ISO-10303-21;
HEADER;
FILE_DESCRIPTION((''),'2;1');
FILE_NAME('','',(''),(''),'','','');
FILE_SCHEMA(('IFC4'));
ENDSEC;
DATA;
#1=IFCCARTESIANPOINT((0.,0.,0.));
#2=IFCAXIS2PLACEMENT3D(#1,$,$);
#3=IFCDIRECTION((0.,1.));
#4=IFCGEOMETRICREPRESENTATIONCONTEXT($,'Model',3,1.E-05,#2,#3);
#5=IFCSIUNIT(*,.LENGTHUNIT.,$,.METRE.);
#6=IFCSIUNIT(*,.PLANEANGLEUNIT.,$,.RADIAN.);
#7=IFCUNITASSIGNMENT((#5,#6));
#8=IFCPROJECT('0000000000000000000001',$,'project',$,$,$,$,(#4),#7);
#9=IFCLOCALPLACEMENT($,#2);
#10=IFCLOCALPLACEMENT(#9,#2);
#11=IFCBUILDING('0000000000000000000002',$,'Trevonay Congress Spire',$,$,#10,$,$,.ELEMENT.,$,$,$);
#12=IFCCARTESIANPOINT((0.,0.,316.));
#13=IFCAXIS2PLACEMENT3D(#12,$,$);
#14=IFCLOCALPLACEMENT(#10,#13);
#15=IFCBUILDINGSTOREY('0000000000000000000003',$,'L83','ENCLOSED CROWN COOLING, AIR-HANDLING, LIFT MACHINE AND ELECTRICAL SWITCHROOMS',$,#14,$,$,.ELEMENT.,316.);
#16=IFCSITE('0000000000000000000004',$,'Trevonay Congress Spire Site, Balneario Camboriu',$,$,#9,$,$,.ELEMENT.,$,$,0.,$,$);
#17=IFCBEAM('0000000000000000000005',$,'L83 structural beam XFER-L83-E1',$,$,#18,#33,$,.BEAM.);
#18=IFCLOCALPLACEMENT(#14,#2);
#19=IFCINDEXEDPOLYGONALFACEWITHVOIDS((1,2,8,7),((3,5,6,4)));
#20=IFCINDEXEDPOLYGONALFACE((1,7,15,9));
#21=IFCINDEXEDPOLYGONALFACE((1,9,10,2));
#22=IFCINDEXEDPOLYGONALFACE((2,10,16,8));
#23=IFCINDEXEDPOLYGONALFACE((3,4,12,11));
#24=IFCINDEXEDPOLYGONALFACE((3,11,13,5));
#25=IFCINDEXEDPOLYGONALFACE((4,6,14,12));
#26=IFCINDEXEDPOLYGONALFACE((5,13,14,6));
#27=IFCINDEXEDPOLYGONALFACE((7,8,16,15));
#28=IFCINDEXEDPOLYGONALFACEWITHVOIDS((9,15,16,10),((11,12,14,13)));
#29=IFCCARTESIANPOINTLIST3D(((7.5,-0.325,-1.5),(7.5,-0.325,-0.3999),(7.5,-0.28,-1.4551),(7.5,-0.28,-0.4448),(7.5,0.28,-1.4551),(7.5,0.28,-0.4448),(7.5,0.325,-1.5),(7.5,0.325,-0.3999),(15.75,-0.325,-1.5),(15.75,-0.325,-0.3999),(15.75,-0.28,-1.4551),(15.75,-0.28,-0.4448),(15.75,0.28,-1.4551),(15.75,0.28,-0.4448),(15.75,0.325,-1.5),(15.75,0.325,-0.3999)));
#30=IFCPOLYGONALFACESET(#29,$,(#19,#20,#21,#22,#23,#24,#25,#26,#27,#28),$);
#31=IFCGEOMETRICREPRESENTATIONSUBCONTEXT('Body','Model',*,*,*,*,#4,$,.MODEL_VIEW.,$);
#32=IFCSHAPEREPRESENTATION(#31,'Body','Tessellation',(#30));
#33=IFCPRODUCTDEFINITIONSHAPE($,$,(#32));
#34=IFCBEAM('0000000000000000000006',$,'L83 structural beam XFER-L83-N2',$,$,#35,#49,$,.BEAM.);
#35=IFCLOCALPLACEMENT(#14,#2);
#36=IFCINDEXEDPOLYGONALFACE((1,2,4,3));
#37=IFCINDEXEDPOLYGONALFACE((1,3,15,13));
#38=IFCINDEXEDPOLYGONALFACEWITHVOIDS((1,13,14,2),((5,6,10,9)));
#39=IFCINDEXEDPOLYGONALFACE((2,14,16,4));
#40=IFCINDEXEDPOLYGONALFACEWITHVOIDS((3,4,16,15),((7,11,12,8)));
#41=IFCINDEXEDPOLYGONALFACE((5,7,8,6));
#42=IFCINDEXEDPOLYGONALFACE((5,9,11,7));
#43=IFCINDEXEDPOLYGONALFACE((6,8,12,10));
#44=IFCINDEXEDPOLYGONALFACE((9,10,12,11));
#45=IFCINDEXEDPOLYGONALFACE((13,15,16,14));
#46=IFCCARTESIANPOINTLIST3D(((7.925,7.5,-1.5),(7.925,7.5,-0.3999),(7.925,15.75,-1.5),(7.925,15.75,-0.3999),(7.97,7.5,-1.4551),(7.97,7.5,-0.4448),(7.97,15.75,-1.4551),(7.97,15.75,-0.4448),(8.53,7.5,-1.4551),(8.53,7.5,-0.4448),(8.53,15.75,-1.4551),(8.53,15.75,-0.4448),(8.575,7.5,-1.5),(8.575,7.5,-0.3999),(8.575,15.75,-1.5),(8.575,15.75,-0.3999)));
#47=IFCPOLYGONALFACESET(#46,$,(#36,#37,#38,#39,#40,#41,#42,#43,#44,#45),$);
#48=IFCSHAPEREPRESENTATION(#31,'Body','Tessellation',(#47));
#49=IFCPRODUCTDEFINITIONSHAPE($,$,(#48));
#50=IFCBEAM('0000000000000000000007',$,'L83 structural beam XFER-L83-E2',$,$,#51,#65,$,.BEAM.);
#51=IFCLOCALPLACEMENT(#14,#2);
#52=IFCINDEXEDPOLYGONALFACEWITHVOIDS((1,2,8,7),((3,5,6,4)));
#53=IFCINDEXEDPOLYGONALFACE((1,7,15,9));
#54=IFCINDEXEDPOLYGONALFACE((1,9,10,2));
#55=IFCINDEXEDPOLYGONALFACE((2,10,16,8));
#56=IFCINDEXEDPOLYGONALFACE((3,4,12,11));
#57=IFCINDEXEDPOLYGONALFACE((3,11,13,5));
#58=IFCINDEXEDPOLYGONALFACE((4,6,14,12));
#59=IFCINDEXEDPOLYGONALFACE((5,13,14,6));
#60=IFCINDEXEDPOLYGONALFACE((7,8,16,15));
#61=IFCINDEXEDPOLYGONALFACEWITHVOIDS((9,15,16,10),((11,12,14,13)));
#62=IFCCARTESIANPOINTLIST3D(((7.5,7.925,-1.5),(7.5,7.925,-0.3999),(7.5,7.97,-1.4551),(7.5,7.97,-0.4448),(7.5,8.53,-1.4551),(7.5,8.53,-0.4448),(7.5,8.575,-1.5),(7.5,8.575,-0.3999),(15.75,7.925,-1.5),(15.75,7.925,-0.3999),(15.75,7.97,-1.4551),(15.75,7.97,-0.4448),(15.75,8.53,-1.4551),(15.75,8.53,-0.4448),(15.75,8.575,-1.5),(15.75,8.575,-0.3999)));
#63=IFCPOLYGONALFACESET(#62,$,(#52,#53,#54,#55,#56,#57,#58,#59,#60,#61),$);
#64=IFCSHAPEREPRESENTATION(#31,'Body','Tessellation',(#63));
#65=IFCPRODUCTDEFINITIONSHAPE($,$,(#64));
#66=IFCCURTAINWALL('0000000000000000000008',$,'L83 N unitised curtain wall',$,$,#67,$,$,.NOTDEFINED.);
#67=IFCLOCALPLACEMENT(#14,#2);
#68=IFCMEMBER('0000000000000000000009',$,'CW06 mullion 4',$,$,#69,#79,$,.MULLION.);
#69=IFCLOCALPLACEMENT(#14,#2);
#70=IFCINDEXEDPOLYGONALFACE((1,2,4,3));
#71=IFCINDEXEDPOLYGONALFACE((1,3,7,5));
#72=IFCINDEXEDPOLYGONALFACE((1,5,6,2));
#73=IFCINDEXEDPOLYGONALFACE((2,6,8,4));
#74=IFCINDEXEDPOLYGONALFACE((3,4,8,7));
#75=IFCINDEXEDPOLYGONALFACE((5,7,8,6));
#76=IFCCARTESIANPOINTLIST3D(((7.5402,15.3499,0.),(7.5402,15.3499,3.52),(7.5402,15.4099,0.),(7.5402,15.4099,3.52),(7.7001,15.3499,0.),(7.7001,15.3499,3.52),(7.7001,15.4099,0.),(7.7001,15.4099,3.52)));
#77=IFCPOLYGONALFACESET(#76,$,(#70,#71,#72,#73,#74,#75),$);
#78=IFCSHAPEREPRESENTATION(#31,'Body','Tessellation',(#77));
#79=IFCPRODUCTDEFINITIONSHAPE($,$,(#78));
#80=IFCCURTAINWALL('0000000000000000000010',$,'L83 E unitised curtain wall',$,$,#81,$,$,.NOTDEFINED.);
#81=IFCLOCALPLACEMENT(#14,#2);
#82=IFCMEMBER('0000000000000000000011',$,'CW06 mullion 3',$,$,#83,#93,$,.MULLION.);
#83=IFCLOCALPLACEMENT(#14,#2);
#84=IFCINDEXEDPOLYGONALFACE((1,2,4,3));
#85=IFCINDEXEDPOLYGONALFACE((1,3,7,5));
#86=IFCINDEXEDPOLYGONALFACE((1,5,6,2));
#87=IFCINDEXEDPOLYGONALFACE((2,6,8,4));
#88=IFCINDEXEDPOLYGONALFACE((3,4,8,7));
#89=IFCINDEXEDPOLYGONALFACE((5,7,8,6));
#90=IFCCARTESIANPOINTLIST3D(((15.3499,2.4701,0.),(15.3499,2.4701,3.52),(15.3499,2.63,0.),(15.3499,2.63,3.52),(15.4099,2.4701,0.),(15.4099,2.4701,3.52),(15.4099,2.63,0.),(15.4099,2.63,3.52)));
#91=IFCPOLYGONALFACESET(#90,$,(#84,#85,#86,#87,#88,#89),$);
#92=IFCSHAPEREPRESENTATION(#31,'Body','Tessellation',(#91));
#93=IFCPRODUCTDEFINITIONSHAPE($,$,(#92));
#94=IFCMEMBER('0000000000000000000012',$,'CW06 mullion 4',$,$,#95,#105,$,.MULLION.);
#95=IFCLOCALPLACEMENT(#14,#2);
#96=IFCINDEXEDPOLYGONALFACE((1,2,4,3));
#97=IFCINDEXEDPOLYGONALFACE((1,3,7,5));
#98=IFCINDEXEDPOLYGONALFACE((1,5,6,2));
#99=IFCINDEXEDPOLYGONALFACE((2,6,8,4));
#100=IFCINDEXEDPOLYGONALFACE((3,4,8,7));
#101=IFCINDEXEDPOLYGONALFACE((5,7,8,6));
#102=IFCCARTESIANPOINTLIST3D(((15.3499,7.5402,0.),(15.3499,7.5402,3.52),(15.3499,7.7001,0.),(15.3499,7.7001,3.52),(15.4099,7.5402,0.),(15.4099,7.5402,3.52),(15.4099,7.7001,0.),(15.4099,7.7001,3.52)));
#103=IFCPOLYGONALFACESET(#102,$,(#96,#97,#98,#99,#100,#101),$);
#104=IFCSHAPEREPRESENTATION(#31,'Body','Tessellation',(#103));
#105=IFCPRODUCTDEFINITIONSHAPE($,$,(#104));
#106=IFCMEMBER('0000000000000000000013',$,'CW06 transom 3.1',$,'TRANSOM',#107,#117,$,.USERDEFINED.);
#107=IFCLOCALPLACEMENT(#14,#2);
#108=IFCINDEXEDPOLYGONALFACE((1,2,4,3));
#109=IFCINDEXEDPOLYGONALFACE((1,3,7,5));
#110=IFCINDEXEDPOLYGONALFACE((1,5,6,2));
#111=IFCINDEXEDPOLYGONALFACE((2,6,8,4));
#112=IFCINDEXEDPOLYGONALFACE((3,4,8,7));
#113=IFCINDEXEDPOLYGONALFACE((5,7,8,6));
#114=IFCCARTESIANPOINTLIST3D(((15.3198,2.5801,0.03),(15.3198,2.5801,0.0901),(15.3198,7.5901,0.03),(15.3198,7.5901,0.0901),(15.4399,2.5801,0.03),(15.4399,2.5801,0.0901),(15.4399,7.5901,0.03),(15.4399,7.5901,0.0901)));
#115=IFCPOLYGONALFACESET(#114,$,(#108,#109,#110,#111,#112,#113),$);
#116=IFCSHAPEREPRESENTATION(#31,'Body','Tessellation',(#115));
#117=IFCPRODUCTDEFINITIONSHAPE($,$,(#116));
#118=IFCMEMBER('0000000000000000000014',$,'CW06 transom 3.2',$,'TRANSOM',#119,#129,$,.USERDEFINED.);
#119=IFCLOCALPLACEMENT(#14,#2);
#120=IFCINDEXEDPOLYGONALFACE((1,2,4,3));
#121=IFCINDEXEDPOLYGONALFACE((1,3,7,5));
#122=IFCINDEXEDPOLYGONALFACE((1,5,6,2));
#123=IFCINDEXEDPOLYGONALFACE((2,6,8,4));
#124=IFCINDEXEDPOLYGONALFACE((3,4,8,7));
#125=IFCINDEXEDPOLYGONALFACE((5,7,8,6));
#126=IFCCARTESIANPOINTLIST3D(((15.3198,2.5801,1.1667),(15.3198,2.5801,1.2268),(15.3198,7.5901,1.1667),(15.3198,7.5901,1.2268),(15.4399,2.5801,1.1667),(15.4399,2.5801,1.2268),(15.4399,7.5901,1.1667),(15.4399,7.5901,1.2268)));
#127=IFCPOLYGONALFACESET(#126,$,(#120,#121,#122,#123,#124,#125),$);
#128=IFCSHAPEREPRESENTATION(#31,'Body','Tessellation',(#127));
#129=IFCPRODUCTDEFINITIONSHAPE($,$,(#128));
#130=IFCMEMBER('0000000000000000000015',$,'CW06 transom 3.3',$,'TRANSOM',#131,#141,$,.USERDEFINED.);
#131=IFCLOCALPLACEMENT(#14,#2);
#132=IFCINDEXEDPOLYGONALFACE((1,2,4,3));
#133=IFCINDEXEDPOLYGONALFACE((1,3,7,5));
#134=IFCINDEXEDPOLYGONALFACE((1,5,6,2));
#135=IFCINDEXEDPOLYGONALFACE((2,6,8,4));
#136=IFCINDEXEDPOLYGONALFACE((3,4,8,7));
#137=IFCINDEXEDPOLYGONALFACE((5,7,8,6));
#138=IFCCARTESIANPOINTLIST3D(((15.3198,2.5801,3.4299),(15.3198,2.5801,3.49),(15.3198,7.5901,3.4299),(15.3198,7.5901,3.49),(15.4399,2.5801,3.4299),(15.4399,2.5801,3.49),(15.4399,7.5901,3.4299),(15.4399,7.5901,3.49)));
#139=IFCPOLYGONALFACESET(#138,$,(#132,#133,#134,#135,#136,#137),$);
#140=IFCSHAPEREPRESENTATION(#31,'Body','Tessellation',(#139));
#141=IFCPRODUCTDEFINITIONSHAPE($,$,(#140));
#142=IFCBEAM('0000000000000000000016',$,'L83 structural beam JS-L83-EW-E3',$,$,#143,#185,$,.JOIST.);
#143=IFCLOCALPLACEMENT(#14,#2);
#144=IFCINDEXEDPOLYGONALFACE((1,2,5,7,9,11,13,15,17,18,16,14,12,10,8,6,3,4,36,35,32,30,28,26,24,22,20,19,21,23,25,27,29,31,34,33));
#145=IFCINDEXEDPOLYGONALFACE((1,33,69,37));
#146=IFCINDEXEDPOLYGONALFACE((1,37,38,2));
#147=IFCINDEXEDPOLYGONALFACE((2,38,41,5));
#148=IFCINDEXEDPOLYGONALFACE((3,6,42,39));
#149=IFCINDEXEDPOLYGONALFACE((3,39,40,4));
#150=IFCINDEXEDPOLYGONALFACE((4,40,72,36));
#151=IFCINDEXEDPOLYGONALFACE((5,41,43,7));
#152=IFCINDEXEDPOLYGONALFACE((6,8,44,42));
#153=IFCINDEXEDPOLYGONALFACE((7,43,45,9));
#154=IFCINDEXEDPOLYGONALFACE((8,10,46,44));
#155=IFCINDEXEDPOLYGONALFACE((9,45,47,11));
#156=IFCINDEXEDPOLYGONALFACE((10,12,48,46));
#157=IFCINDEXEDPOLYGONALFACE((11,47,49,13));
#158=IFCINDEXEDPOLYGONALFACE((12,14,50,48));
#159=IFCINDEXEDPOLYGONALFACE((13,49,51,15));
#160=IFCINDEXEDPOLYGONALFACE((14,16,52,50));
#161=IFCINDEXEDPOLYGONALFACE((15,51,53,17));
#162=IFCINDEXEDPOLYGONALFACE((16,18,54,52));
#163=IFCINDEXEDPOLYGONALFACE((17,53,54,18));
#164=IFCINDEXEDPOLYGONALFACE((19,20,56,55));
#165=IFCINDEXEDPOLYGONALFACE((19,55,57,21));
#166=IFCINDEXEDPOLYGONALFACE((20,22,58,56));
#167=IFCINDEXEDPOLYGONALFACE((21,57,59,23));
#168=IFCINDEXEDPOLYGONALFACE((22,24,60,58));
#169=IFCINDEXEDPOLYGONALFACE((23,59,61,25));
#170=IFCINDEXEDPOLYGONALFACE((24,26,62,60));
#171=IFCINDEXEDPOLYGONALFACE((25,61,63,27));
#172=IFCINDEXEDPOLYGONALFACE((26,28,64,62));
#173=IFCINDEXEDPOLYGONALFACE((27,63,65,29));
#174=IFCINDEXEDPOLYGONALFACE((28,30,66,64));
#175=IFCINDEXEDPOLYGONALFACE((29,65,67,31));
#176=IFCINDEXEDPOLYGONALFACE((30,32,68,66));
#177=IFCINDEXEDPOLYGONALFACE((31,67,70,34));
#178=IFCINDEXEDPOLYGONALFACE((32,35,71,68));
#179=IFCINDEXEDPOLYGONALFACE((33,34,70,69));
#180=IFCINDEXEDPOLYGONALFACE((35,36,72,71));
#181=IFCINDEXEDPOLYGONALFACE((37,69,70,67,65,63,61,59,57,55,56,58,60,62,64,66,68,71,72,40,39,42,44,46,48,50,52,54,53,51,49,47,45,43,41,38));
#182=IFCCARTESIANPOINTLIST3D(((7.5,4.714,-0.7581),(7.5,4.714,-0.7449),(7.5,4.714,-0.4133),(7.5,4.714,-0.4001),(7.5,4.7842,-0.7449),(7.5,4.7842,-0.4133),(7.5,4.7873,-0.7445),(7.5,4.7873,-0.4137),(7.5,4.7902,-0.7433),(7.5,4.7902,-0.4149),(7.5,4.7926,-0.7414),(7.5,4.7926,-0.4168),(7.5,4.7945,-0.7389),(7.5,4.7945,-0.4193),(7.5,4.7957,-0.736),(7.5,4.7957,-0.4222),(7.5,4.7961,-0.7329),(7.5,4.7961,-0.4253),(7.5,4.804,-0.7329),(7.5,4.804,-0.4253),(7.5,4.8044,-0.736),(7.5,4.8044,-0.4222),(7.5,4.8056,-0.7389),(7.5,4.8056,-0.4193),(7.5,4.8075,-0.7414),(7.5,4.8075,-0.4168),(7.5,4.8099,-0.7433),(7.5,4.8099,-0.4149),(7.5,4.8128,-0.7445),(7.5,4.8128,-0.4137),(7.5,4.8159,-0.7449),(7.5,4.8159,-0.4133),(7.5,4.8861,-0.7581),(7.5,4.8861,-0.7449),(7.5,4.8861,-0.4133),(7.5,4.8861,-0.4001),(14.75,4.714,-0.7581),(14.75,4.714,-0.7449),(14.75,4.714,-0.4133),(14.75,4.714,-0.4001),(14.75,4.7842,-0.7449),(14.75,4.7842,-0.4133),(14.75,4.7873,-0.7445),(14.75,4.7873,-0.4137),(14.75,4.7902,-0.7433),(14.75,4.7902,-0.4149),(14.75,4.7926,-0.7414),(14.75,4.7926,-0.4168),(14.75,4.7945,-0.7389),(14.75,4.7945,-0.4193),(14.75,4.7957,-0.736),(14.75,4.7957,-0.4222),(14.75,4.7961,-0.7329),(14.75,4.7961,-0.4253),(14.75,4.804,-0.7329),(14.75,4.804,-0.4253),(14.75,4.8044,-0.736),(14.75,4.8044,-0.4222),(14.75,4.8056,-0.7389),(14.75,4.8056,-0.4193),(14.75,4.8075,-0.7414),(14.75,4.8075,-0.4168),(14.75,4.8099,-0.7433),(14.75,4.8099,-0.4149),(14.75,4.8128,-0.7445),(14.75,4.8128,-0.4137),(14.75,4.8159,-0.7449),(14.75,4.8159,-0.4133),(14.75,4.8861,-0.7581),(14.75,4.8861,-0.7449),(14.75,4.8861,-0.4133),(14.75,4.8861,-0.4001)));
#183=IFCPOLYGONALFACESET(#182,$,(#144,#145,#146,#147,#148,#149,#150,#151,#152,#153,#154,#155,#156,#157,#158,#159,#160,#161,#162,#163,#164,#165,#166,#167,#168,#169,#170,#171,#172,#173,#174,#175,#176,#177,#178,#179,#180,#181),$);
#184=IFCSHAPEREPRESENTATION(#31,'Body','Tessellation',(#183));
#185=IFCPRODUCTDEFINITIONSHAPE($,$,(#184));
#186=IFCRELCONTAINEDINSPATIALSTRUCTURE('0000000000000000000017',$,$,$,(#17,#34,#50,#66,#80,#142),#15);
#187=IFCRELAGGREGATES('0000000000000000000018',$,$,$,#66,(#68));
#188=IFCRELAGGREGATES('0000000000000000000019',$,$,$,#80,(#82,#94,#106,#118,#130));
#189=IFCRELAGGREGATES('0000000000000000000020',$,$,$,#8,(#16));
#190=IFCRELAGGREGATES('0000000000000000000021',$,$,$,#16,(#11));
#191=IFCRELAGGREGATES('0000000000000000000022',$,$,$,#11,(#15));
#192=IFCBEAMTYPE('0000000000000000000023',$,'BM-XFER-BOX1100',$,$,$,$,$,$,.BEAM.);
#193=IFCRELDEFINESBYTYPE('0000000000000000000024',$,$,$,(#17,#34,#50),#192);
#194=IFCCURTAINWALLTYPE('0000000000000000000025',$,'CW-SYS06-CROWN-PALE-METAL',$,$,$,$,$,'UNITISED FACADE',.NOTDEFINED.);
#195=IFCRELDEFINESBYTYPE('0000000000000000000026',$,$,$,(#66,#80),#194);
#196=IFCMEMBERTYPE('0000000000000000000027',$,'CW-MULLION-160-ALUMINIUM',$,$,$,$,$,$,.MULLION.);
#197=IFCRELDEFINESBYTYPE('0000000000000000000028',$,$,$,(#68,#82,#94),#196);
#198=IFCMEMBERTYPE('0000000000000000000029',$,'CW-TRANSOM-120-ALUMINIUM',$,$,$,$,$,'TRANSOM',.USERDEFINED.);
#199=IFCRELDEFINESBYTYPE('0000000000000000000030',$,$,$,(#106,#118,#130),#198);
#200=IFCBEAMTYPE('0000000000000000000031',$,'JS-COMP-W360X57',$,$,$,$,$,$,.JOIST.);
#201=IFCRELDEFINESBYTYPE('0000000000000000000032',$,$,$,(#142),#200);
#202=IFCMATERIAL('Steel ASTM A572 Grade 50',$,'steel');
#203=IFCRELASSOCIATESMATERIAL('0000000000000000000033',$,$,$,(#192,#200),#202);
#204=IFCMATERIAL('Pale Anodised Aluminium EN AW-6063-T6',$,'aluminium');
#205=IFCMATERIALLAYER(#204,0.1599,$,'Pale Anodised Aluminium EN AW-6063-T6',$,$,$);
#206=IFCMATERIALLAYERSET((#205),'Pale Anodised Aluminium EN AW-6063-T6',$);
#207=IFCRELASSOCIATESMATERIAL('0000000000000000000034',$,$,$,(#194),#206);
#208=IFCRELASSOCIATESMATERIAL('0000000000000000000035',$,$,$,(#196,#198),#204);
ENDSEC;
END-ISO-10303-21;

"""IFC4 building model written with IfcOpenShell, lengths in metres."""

from ifc_helpers import new_model, si_unit, direction, frame, origin, origin_2d, place, context, subcontext, project, spatial, rectangle, hollow_rectangle, i_section, extrude, material, layer, layer_set, material_profile, profile_set, type_object, element, aggregate, save


model = new_model("IFC4")

# Units and contexts
model_context = context("Model", 3, precision=1e-05, world=origin(), true_north=direction((0.0, 1.0)))
body_context = subcontext(model_context, "Body", "Model", "MODEL_VIEW")
ifc_project = project(units=[si_unit("LENGTHUNIT", "METRE"), si_unit("PLANEANGLEUNIT", "RADIAN")], contexts=[model_context])

# Site, building, storey
site_placement = place(None, origin())
site = spatial("IfcSite", under=ifc_project, at=site_placement, Name="Trevonay Congress Spire Site, Balneario Camboriu", CompositionType="ELEMENT", RefElevation=0.0)
building_placement = place(site_placement, origin())
building = spatial("IfcBuilding", under=site, at=building_placement, Name="Trevonay Congress Spire", CompositionType="ELEMENT")
storey_placement = place(building_placement, frame((0.0, 0.0, 316.0)))
storey = spatial("IfcBuildingStorey", under=building, at=storey_placement, Name="L83", Description="ENCLOSED CROWN COOLING, AIR-HANDLING, LIFT MACHINE AND ELECTRICAL SWITCHROOMS", CompositionType="ELEMENT", Elevation=316.0)

# Shared definitions
ifc_material_1 = material(Name="Steel ASTM A572 Grade 50", Category="steel")

# Beams
ifc_material_profile_1 = material_profile(ifc_material_1, hollow_rectangle(XDim=0.6499, YDim=1.1001, WallThickness=0.0449, at=origin_2d()), Name="BOX 1100x650x45")
ifc_profile_set_1 = profile_set([ifc_material_profile_1], Name="Steel ASTM A572 Grade 50")
beam_type_1 = type_object("IfcBeamType", Name="BM-XFER-BOX1100", PredefinedType="BEAM", material=ifc_profile_set_1)
for number, where, z_axis, x_axis, name in (
    (1, (7.5, 0.0, -0.95), (1.0, 0.0, 0.0), (0.0, 1.0, 0.0), "L83 structural beam XFER-L83-E1"),
    (2, (8.25, 7.5, -0.95), (0.0, 1.0, 0.0), (-1.0, 0.0, 0.0), "L83 structural beam XFER-L83-N2"),
    (3, (7.5, 8.25, -0.95), (1.0, 0.0, 0.0), (0.0, 1.0, 0.0), "L83 structural beam XFER-L83-E2"),
):
    element("IfcBeam", number, at=place(storey_placement, frame(where, z_axis=z_axis, x_axis=x_axis)), inside=storey, type_object=beam_type_1, Name=name, PredefinedType="BEAM", context=body_context, shape_type="SweptSolid", body=[
        extrude(hollow_rectangle(XDim=0.6499, YDim=1.1001, WallThickness=0.0449, at=origin_2d()), origin(), (0.0, 0.0, 1.0), 8.25),
    ])

# Curtain wall, member
ifc_material_2 = material(Name="Pale Anodised Aluminium EN AW-6063-T6", Category="aluminium")
ifc_layer_1 = layer(ifc_material_2, 0.1599, Name="Pale Anodised Aluminium EN AW-6063-T6")
ifc_layer_set_1 = layer_set([ifc_layer_1], Name="Pale Anodised Aluminium EN AW-6063-T6")
curtain_wall_type = type_object("IfcCurtainWallType", Name="CW-SYS06-CROWN-PALE-METAL", ElementType="UNITISED FACADE", PredefinedType="NOTDEFINED", material=ifc_layer_set_1)
curtain_wall_1_placement = place(storey_placement, origin())
curtain_wall_1 = element("IfcCurtainWall", 4, at=curtain_wall_1_placement, inside=storey, type_object=curtain_wall_type, Name="L83 N unitised curtain wall", PredefinedType="NOTDEFINED")
ifc_material_profile_2 = material_profile(ifc_material_2, rectangle(XDim=0.0601, YDim=0.1599, at=origin_2d()), Name="CW-MULLION-160-ALUMINIUM")
ifc_profile_set_2 = profile_set([ifc_material_profile_2], Name="Pale Anodised Aluminium EN AW-6063-T6")
member_type_1 = type_object("IfcMemberType", Name="CW-MULLION-160-ALUMINIUM", PredefinedType="MULLION", material=ifc_profile_set_2)
member_1_placement = place(storey_placement, frame((7.6201, 15.3799, 0.0), z_axis=(0.0, 0.0, 1.0), x_axis=(0.0, 1.0, 0.0)))
member_1 = element("IfcMember", 5, at=member_1_placement, type_object=member_type_1, Name="CW06 mullion 4", PredefinedType="MULLION", context=body_context, shape_type="SweptSolid", body=[
    extrude(rectangle(XDim=0.0601, YDim=0.1599, at=origin_2d()), origin(), (0.0, 0.0, 1.0), 3.52),
])
aggregate(curtain_wall_1, [member_1])

# Curtain wall, members
curtain_wall_2_placement = place(storey_placement, origin())
curtain_wall_2 = element("IfcCurtainWall", 6, at=curtain_wall_2_placement, inside=storey, type_object=curtain_wall_type, Name="L83 E unitised curtain wall", PredefinedType="NOTDEFINED")
member_2_placement = place(storey_placement, frame((15.3799, 2.55, 0.0), z_axis=(0.0, 0.0, 1.0), x_axis=(-1.0, 0.0, 0.0)))
member_2 = element("IfcMember", 7, at=member_2_placement, type_object=member_type_1, Name="CW06 mullion 3", PredefinedType="MULLION", context=body_context, shape_type="SweptSolid", body=[
    extrude(rectangle(XDim=0.0601, YDim=0.1599, at=origin_2d()), origin(), (0.0, 0.0, 1.0), 3.52),
])
member_3_placement = place(storey_placement, frame((15.3799, 7.6201, 0.0), z_axis=(0.0, 0.0, 1.0), x_axis=(-1.0, 0.0, 0.0)))
member_3 = element("IfcMember", 8, at=member_3_placement, type_object=member_type_1, Name="CW06 mullion 4", PredefinedType="MULLION", context=body_context, shape_type="SweptSolid", body=[
    extrude(rectangle(XDim=0.0601, YDim=0.1599, at=origin_2d()), origin(), (0.0, 0.0, 1.0), 3.52),
])
ifc_material_profile_3 = material_profile(ifc_material_2, rectangle(XDim=0.1201, YDim=0.0601, at=origin_2d()), Name="CW-TRANSOM-120-ALUMINIUM")
ifc_profile_set_3 = profile_set([ifc_material_profile_3], Name="Pale Anodised Aluminium EN AW-6063-T6")
member_type_2 = type_object("IfcMemberType", Name="CW-TRANSOM-120-ALUMINIUM", ElementType="TRANSOM", PredefinedType="USERDEFINED", material=ifc_profile_set_3)
member_4_placement = place(storey_placement, frame((15.3799, 2.5801, 0.0601), z_axis=(0.0, 1.0, 0.0), x_axis=(-1.0, 0.0, 0.0)))
member_4 = element("IfcMember", 9, at=member_4_placement, type_object=member_type_2, Name="CW06 transom 3.1", ObjectType="TRANSOM", PredefinedType="USERDEFINED", context=body_context, shape_type="SweptSolid", body=[
    extrude(rectangle(XDim=0.1201, YDim=0.0601, at=origin_2d()), origin(), (0.0, 0.0, 1.0), 5.01),
])
member_5_placement = place(storey_placement, frame((15.3799, 2.5801, 1.1968), z_axis=(0.0, 1.0, 0.0), x_axis=(-1.0, 0.0, 0.0)))
member_5 = element("IfcMember", 10, at=member_5_placement, type_object=member_type_2, Name="CW06 transom 3.2", ObjectType="TRANSOM", PredefinedType="USERDEFINED", context=body_context, shape_type="SweptSolid", body=[
    extrude(rectangle(XDim=0.1201, YDim=0.0601, at=origin_2d()), origin(), (0.0, 0.0, 1.0), 5.01),
])
member_6_placement = place(storey_placement, frame((15.3799, 2.5801, 3.46), z_axis=(0.0, 1.0, 0.0), x_axis=(-1.0, 0.0, 0.0)))
member_6 = element("IfcMember", 11, at=member_6_placement, type_object=member_type_2, Name="CW06 transom 3.3", ObjectType="TRANSOM", PredefinedType="USERDEFINED", context=body_context, shape_type="SweptSolid", body=[
    extrude(rectangle(XDim=0.1201, YDim=0.0601, at=origin_2d()), origin(), (0.0, 0.0, 1.0), 5.01),
])

# Beam
ifc_material_profile_4 = material_profile(ifc_material_1, i_section(OverallWidth=0.1721, OverallDepth=0.3579, WebThickness=0.0078, FlangeThickness=0.0132, FilletRadius=0.012, at=origin_2d()), Name="W360x57.8")
ifc_profile_set_4 = profile_set([ifc_material_profile_4], Name="Steel ASTM A572 Grade 50")
beam_type_2 = type_object("IfcBeamType", Name="JS-COMP-W360X57", PredefinedType="JOIST", material=ifc_profile_set_4)
beam_1_placement = place(storey_placement, frame((7.5, 4.8, -0.5791), z_axis=(1.0, 0.0, 0.0), x_axis=(0.0, 1.0, 0.0)))
element("IfcBeam", 12, at=beam_1_placement, inside=storey, type_object=beam_type_2, Name="L83 structural beam JS-L83-EW-E3", PredefinedType="JOIST", context=body_context, shape_type="SweptSolid", body=[
    extrude(i_section(OverallWidth=0.1721, OverallDepth=0.3579, WebThickness=0.0078, FlangeThickness=0.0132, FilletRadius=0.012, at=origin_2d()), origin(), (0.0, 0.0, 1.0), 7.25),
])

aggregate(curtain_wall_2, [member_2, member_3, member_4, member_5, member_6])

save(model, "model.ifc")
